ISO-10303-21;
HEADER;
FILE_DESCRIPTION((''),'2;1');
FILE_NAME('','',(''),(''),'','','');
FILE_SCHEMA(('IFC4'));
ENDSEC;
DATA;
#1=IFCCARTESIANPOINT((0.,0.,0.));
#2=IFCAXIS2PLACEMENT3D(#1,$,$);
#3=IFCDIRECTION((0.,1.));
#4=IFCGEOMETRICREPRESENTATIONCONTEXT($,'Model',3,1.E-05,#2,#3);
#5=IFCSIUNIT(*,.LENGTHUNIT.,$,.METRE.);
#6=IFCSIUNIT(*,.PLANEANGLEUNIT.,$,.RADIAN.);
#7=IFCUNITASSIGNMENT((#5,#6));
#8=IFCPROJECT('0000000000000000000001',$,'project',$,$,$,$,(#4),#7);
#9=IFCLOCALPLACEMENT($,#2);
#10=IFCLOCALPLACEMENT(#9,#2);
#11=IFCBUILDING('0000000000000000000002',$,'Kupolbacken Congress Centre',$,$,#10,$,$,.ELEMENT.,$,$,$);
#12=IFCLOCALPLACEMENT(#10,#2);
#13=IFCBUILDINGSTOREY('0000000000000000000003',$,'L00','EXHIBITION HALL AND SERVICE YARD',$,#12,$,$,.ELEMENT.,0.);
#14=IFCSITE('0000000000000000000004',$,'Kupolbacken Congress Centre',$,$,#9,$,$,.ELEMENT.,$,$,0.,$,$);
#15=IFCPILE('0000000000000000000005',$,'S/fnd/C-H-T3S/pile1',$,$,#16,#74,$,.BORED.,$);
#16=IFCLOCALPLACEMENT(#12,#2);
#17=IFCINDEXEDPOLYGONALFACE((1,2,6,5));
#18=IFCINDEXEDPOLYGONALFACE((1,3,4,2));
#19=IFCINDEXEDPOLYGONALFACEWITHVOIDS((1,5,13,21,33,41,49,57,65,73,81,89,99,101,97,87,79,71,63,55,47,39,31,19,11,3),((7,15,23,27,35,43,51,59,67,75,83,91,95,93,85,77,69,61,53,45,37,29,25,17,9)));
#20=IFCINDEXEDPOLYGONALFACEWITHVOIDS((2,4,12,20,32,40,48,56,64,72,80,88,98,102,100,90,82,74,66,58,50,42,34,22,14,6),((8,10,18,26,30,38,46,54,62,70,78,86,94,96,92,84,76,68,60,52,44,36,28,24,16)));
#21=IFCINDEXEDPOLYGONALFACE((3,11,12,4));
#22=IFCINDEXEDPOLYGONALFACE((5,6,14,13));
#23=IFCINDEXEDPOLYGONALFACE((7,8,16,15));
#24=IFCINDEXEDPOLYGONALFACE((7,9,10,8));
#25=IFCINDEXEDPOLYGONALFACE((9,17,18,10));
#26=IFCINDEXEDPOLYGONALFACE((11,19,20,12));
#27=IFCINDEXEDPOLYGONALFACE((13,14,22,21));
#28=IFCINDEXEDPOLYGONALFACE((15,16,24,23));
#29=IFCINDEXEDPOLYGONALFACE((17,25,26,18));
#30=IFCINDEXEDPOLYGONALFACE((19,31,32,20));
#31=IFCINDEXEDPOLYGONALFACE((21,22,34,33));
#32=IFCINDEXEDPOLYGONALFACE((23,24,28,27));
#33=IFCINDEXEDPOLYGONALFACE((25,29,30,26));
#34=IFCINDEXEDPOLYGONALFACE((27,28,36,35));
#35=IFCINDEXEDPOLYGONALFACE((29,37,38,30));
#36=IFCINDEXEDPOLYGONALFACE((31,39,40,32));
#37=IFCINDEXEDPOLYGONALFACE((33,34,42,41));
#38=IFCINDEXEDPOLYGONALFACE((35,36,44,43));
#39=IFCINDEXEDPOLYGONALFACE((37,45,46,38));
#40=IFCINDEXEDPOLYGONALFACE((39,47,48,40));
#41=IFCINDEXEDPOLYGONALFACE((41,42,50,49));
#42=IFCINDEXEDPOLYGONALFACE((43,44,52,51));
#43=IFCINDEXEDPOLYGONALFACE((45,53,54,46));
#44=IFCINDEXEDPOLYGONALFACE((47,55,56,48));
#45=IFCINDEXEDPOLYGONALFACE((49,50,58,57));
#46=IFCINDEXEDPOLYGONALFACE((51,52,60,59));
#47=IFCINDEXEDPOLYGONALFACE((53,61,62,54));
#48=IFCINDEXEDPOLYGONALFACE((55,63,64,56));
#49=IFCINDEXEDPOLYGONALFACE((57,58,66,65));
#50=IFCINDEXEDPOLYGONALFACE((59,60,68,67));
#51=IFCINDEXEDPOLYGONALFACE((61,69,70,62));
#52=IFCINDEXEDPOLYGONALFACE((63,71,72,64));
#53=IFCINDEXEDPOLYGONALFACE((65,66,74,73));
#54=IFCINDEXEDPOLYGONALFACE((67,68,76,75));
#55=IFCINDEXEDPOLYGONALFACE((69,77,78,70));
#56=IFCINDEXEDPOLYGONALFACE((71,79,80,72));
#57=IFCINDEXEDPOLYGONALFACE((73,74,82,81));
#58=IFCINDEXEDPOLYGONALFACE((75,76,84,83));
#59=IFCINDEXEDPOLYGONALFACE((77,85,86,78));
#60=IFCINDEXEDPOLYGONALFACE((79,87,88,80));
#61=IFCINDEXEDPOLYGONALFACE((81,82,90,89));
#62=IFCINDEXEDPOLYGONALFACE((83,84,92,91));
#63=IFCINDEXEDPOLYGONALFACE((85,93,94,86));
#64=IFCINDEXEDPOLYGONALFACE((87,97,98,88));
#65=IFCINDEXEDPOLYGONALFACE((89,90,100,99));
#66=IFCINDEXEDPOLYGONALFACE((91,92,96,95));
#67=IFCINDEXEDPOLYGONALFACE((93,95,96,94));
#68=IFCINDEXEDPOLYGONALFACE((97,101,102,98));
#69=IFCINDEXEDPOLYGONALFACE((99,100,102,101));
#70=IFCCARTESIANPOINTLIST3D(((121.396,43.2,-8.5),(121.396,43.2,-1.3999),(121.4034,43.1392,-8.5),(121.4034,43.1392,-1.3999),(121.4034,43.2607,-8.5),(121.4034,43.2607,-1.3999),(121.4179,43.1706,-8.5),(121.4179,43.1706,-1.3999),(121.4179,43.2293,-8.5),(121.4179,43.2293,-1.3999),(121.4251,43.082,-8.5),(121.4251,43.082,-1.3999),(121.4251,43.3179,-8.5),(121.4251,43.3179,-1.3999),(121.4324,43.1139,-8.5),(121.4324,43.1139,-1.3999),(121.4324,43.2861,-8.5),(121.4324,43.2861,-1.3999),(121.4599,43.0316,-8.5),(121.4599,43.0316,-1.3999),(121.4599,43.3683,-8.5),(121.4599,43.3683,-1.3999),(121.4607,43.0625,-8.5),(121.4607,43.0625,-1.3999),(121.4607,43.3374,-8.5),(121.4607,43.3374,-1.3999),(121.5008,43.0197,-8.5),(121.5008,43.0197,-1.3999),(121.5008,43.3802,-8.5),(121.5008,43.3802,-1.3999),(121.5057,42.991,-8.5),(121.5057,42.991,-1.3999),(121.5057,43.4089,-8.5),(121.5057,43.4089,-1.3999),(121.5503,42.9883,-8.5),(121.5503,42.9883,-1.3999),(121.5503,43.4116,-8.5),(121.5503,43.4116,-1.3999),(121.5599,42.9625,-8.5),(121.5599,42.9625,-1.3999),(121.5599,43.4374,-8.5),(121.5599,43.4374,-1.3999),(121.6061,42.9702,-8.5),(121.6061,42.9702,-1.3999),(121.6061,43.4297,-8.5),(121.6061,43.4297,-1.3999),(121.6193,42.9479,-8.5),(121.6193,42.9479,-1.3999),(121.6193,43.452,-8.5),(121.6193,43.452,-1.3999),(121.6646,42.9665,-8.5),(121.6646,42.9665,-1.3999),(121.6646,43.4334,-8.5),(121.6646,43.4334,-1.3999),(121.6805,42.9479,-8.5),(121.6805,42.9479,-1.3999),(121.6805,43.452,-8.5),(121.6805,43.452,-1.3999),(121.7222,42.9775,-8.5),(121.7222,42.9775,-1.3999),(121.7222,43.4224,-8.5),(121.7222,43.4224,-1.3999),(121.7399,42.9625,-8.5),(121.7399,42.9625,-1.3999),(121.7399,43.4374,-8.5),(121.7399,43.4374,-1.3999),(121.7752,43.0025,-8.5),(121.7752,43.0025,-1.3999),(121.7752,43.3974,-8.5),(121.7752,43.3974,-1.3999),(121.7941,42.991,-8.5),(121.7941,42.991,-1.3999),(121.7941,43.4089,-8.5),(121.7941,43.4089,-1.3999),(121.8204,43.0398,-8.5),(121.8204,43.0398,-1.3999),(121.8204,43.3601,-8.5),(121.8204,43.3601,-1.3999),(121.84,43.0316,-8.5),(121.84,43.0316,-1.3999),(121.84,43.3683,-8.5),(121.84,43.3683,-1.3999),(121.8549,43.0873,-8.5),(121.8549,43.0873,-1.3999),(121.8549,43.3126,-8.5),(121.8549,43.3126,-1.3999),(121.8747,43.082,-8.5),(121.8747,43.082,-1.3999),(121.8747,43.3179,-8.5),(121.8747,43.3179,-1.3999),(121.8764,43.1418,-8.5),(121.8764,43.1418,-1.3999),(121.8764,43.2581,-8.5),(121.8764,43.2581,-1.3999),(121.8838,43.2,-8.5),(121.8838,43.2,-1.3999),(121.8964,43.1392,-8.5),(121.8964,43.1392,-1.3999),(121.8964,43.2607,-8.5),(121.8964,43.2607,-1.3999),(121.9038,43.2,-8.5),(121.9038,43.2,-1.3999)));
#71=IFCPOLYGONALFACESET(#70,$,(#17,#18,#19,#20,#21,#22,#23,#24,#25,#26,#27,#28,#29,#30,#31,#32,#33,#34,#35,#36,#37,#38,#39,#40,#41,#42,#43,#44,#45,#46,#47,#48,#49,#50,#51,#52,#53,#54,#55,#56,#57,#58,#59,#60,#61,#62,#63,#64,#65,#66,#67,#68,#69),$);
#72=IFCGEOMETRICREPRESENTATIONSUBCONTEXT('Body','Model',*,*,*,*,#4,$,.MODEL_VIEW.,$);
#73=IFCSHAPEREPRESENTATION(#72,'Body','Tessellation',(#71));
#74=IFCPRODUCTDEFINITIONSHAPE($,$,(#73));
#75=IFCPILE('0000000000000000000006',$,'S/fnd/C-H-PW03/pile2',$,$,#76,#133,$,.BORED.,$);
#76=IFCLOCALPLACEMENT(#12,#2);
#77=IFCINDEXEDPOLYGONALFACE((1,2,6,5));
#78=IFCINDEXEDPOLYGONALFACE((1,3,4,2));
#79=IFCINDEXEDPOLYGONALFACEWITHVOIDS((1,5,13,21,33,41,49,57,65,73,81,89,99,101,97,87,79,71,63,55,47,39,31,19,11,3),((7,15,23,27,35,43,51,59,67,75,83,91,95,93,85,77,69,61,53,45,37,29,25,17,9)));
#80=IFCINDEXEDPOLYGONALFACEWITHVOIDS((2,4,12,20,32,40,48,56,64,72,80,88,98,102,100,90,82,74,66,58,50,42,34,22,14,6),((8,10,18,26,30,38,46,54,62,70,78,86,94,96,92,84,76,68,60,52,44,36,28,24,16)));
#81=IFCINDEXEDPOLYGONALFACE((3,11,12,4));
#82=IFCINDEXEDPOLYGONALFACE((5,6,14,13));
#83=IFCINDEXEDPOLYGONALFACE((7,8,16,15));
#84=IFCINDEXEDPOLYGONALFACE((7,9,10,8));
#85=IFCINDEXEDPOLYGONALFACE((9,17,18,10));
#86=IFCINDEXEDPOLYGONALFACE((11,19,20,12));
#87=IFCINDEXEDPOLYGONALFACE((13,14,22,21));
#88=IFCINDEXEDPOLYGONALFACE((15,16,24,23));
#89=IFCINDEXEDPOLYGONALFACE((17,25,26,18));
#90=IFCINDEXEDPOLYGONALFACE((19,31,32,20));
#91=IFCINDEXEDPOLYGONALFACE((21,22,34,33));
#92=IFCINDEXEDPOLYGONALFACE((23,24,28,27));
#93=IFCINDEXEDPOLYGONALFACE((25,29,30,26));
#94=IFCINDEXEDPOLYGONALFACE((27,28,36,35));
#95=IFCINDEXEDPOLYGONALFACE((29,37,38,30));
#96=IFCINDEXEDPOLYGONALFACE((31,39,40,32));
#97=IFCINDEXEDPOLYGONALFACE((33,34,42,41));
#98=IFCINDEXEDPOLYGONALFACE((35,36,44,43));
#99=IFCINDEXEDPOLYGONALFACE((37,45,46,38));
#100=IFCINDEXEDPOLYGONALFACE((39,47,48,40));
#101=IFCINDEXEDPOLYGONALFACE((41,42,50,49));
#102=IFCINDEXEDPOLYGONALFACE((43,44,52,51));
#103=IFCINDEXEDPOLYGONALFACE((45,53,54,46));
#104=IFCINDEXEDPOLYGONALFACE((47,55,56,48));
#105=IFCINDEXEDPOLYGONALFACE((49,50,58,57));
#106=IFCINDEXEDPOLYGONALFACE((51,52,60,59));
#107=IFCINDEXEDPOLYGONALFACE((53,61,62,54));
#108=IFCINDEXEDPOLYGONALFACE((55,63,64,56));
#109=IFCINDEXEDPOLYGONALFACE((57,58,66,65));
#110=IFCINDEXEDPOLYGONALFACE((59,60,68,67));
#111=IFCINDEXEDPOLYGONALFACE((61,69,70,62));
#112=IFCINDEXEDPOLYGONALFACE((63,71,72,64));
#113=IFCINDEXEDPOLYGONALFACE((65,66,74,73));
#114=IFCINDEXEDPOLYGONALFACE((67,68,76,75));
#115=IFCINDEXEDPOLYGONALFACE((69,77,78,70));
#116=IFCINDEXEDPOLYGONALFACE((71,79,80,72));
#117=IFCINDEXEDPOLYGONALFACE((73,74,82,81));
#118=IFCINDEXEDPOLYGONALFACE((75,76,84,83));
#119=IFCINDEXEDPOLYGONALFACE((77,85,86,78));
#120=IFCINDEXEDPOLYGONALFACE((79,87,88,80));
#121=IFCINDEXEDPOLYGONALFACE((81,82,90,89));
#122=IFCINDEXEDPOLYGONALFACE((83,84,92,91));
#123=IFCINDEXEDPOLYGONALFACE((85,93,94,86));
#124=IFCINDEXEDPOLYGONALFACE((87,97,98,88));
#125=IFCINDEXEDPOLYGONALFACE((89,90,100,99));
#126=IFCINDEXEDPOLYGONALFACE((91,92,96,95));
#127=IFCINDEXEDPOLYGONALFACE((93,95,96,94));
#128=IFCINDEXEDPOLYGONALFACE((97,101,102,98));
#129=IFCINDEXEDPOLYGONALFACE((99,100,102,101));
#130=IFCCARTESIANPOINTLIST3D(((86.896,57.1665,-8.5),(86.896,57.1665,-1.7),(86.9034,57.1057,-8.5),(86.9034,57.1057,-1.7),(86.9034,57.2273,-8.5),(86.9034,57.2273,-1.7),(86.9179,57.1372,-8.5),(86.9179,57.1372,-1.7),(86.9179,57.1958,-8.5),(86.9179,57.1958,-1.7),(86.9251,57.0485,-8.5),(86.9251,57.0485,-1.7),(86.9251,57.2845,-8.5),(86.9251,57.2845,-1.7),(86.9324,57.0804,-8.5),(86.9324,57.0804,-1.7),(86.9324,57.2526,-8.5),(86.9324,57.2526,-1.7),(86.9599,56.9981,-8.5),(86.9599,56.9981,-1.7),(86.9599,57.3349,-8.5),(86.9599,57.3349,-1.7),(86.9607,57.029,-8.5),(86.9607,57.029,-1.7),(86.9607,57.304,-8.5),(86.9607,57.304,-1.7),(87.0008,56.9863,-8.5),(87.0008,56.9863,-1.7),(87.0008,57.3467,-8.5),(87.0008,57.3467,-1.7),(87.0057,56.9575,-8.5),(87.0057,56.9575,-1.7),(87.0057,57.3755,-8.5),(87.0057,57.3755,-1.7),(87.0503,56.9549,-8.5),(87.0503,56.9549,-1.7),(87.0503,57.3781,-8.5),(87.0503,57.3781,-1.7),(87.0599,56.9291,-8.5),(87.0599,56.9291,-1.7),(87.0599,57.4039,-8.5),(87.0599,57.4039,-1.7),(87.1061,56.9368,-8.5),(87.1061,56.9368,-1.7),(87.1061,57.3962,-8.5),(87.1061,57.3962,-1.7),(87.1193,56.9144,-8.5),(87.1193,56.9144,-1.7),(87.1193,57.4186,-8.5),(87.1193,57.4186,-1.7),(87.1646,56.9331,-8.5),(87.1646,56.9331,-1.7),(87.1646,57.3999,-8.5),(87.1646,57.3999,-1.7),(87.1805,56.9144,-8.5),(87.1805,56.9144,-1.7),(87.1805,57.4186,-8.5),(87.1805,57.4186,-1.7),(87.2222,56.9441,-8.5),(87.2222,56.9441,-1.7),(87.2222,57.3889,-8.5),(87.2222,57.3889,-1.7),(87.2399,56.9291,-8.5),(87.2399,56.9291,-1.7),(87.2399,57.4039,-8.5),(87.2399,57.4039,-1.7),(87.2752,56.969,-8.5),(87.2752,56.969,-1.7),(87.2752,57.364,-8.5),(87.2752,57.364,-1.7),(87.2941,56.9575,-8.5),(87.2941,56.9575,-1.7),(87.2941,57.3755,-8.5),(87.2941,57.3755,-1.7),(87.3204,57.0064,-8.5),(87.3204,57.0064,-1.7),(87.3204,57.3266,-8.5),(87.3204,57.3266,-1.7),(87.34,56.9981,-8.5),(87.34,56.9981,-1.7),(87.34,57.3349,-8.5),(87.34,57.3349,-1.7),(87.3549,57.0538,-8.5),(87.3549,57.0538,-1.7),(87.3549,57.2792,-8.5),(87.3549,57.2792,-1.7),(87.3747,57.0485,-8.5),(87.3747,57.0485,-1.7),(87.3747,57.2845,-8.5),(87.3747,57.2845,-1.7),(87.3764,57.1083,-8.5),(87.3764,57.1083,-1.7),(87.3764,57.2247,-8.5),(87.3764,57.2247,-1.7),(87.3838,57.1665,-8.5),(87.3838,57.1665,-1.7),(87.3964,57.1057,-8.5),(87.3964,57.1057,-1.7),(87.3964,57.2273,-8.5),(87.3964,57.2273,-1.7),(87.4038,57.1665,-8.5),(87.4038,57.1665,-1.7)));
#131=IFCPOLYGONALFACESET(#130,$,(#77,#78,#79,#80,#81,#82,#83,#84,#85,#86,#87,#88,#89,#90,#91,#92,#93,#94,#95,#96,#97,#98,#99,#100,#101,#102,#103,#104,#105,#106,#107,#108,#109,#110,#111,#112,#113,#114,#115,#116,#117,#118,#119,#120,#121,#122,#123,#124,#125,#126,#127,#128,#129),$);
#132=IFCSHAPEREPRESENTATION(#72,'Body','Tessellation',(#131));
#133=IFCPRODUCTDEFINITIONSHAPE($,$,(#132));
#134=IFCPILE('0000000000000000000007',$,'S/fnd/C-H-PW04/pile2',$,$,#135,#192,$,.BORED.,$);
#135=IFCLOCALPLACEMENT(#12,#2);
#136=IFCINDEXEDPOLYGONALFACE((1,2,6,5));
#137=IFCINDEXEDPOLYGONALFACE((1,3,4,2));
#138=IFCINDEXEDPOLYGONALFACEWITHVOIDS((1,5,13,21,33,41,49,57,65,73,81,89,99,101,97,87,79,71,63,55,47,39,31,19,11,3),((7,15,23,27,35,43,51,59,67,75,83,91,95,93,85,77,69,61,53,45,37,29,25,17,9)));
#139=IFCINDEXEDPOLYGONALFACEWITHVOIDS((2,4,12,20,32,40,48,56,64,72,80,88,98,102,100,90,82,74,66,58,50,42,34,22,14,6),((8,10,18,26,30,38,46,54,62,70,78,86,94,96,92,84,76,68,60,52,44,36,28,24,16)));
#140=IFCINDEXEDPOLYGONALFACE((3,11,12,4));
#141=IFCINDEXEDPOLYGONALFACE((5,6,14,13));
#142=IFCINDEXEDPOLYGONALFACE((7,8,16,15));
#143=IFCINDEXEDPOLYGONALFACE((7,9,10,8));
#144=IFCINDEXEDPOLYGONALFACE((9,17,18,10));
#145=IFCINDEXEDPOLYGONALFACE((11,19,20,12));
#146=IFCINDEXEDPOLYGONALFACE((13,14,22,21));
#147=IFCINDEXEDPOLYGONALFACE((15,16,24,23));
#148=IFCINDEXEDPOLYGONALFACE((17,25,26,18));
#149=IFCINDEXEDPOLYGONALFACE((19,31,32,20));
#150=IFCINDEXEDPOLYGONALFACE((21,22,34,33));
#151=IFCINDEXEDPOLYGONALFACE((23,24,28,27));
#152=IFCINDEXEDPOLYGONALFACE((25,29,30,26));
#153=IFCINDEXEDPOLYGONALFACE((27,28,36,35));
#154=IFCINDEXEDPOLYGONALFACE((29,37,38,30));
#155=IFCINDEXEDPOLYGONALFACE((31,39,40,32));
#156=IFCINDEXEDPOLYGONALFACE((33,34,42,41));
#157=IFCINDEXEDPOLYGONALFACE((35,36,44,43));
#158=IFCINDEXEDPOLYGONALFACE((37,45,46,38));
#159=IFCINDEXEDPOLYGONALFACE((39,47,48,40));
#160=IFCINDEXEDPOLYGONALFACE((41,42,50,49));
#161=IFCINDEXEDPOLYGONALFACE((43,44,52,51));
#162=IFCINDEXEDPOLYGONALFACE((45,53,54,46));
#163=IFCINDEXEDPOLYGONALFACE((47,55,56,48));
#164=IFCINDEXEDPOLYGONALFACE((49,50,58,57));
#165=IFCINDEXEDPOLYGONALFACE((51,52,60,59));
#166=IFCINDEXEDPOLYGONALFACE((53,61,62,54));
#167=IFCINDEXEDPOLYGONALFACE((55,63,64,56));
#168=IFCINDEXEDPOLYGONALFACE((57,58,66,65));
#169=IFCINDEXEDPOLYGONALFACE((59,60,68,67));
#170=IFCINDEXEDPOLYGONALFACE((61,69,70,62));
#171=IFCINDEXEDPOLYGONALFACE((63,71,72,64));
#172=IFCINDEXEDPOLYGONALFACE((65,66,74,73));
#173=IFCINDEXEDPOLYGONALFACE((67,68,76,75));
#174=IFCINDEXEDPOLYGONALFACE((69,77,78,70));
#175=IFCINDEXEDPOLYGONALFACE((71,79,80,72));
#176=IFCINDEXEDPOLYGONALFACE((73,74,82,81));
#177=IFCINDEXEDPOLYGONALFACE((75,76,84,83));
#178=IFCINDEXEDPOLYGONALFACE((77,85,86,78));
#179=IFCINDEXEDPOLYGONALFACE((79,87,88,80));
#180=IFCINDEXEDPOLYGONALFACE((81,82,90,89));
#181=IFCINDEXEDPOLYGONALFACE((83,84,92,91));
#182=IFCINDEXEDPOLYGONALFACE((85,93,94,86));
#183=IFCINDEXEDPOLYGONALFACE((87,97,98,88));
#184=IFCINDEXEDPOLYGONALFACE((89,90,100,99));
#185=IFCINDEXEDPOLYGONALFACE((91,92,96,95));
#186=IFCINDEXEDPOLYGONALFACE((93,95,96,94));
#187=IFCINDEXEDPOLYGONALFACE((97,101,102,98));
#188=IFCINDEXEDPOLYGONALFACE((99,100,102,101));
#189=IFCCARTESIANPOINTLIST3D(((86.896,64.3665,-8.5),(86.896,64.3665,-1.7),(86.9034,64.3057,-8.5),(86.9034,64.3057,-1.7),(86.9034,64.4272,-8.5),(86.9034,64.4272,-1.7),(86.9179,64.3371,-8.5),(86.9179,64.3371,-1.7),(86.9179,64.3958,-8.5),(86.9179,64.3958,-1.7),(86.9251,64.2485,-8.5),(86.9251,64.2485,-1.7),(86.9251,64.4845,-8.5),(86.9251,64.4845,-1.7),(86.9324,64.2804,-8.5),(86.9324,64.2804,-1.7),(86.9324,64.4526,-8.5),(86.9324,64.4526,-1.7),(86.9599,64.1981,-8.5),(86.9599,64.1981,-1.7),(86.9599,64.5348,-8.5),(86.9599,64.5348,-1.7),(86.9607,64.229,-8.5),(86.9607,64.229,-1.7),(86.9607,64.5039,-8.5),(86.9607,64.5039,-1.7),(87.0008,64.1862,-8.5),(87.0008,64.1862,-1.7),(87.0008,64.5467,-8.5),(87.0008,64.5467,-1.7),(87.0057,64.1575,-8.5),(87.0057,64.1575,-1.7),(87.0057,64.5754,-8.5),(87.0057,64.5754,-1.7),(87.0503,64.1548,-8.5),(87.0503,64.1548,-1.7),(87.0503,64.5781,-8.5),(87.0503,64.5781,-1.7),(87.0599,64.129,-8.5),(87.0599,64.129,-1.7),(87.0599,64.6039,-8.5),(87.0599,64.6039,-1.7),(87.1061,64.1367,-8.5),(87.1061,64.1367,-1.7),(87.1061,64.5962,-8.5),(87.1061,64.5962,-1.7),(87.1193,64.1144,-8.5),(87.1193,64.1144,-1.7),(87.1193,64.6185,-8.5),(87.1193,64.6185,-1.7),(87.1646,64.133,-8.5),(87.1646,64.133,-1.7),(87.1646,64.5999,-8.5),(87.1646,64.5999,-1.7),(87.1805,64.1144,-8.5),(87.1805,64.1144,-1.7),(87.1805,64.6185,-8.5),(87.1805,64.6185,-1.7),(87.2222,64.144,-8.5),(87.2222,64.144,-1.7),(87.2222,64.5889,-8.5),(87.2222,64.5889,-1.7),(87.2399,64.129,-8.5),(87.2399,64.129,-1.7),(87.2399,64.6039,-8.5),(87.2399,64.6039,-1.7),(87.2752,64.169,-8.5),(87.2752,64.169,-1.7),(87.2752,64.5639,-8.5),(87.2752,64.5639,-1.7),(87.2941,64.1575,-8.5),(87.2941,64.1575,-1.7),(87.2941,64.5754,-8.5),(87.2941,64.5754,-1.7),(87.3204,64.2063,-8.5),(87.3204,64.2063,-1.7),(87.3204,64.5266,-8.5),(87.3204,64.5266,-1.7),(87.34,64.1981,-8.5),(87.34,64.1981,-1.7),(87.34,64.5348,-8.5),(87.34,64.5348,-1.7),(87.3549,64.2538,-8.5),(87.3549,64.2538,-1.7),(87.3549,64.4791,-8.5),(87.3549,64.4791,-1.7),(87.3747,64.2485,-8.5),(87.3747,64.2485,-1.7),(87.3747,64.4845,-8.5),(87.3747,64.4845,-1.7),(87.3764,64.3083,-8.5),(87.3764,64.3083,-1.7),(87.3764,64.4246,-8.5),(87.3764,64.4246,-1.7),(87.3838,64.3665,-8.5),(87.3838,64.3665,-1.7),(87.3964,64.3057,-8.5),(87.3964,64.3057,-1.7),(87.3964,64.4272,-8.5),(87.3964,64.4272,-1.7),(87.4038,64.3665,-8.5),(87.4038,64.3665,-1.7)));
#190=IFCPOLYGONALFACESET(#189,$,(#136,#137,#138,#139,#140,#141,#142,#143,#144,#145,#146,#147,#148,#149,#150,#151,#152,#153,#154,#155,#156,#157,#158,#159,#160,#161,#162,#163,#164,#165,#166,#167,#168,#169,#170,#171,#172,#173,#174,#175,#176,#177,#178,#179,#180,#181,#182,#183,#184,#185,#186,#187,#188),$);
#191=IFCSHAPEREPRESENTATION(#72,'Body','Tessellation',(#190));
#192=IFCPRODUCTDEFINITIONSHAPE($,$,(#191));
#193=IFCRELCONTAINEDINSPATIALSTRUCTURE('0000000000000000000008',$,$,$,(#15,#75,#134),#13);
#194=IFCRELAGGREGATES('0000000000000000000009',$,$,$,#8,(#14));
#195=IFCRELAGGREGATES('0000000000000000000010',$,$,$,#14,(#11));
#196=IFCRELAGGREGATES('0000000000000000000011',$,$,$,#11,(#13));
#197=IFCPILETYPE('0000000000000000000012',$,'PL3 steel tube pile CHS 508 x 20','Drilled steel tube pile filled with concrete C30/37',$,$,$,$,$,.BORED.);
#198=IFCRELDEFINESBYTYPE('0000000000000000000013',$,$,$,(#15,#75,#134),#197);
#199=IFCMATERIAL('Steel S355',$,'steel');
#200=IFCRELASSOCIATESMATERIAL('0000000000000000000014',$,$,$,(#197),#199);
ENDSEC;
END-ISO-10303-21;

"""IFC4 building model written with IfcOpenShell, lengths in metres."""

from ifc_helpers import new_model, si_unit, direction, frame, origin, origin_2d, place, context, subcontext, project, spatial, hollow_circle, extrude, material, material_profile, profile_set, type_object, element, save


model = new_model("IFC4")

# Units and contexts
model_context = context("Model", 3, precision=1e-05, world=origin(), true_north=direction((0.0, 1.0)))
body_context = subcontext(model_context, "Body", "Model", "MODEL_VIEW")
ifc_project = project(units=[si_unit("LENGTHUNIT", "METRE"), si_unit("PLANEANGLEUNIT", "RADIAN")], contexts=[model_context])

# Site, building, storey
site_placement = place(None, origin())
site = spatial("IfcSite", under=ifc_project, at=site_placement, Name="Kupolbacken Congress Centre", CompositionType="ELEMENT", RefElevation=0.0)
building_placement = place(site_placement, origin())
building = spatial("IfcBuilding", under=site, at=building_placement, Name="Kupolbacken Congress Centre", CompositionType="ELEMENT")
storey_placement = place(building_placement, origin())
storey = spatial("IfcBuildingStorey", under=building, at=storey_placement, Name="L00", Description="EXHIBITION HALL AND SERVICE YARD", CompositionType="ELEMENT", Elevation=0.0)

# Piles
ifc_material_1 = material(Name="Steel S355", Category="steel")
ifc_material_profile_1 = material_profile(ifc_material_1, hollow_circle(Radius=0.2539, WallThickness=0.02, at=origin_2d()), Name="CHS 508 x 20")
ifc_profile_set_1 = profile_set([ifc_material_profile_1], Name="Steel S355")
pile_type = type_object("IfcPileType", Name="PL3 steel tube pile CHS 508 x 20", Description="Drilled steel tube pile filled with concrete C30/37", PredefinedType="BORED", material=ifc_profile_set_1)
for number, where, z_axis, x_axis, name in (
    (1, (121.6499, 43.2, -1.3999), (0.0, 0.0, -1.0), (1.0, 0.0, 0.0), "S/fnd/C-H-T3S/pile1"),
):
    element("IfcPile", number, at=place(storey_placement, frame(where, z_axis=z_axis, x_axis=x_axis)), inside=storey, type_object=pile_type, Name=name, PredefinedType="BORED", context=body_context, shape_type="SweptSolid", body=[
        extrude(hollow_circle(Radius=0.2539, WallThickness=0.02, at=origin_2d()), origin(), (0.0, 0.0, 1.0), 7.1001),
    ])
for number, where, z_axis, x_axis, name in (
    (2, (87.1499, 57.1665, -1.7), (0.0, 0.0, -1.0), (1.0, 0.0, 0.0), "S/fnd/C-H-PW03/pile2"),
    (3, (87.1499, 64.3665, -1.7), (0.0, 0.0, -1.0), (1.0, 0.0, 0.0), "S/fnd/C-H-PW04/pile2"),
):
    element("IfcPile", number, at=place(storey_placement, frame(where, z_axis=z_axis, x_axis=x_axis)), inside=storey, type_object=pile_type, Name=name, PredefinedType="BORED", context=body_context, shape_type="SweptSolid", body=[
        extrude(hollow_circle(Radius=0.2539, WallThickness=0.02, at=origin_2d()), origin(), (0.0, 0.0, 1.0), 6.8),
    ])

save(model, "model.ifc")
